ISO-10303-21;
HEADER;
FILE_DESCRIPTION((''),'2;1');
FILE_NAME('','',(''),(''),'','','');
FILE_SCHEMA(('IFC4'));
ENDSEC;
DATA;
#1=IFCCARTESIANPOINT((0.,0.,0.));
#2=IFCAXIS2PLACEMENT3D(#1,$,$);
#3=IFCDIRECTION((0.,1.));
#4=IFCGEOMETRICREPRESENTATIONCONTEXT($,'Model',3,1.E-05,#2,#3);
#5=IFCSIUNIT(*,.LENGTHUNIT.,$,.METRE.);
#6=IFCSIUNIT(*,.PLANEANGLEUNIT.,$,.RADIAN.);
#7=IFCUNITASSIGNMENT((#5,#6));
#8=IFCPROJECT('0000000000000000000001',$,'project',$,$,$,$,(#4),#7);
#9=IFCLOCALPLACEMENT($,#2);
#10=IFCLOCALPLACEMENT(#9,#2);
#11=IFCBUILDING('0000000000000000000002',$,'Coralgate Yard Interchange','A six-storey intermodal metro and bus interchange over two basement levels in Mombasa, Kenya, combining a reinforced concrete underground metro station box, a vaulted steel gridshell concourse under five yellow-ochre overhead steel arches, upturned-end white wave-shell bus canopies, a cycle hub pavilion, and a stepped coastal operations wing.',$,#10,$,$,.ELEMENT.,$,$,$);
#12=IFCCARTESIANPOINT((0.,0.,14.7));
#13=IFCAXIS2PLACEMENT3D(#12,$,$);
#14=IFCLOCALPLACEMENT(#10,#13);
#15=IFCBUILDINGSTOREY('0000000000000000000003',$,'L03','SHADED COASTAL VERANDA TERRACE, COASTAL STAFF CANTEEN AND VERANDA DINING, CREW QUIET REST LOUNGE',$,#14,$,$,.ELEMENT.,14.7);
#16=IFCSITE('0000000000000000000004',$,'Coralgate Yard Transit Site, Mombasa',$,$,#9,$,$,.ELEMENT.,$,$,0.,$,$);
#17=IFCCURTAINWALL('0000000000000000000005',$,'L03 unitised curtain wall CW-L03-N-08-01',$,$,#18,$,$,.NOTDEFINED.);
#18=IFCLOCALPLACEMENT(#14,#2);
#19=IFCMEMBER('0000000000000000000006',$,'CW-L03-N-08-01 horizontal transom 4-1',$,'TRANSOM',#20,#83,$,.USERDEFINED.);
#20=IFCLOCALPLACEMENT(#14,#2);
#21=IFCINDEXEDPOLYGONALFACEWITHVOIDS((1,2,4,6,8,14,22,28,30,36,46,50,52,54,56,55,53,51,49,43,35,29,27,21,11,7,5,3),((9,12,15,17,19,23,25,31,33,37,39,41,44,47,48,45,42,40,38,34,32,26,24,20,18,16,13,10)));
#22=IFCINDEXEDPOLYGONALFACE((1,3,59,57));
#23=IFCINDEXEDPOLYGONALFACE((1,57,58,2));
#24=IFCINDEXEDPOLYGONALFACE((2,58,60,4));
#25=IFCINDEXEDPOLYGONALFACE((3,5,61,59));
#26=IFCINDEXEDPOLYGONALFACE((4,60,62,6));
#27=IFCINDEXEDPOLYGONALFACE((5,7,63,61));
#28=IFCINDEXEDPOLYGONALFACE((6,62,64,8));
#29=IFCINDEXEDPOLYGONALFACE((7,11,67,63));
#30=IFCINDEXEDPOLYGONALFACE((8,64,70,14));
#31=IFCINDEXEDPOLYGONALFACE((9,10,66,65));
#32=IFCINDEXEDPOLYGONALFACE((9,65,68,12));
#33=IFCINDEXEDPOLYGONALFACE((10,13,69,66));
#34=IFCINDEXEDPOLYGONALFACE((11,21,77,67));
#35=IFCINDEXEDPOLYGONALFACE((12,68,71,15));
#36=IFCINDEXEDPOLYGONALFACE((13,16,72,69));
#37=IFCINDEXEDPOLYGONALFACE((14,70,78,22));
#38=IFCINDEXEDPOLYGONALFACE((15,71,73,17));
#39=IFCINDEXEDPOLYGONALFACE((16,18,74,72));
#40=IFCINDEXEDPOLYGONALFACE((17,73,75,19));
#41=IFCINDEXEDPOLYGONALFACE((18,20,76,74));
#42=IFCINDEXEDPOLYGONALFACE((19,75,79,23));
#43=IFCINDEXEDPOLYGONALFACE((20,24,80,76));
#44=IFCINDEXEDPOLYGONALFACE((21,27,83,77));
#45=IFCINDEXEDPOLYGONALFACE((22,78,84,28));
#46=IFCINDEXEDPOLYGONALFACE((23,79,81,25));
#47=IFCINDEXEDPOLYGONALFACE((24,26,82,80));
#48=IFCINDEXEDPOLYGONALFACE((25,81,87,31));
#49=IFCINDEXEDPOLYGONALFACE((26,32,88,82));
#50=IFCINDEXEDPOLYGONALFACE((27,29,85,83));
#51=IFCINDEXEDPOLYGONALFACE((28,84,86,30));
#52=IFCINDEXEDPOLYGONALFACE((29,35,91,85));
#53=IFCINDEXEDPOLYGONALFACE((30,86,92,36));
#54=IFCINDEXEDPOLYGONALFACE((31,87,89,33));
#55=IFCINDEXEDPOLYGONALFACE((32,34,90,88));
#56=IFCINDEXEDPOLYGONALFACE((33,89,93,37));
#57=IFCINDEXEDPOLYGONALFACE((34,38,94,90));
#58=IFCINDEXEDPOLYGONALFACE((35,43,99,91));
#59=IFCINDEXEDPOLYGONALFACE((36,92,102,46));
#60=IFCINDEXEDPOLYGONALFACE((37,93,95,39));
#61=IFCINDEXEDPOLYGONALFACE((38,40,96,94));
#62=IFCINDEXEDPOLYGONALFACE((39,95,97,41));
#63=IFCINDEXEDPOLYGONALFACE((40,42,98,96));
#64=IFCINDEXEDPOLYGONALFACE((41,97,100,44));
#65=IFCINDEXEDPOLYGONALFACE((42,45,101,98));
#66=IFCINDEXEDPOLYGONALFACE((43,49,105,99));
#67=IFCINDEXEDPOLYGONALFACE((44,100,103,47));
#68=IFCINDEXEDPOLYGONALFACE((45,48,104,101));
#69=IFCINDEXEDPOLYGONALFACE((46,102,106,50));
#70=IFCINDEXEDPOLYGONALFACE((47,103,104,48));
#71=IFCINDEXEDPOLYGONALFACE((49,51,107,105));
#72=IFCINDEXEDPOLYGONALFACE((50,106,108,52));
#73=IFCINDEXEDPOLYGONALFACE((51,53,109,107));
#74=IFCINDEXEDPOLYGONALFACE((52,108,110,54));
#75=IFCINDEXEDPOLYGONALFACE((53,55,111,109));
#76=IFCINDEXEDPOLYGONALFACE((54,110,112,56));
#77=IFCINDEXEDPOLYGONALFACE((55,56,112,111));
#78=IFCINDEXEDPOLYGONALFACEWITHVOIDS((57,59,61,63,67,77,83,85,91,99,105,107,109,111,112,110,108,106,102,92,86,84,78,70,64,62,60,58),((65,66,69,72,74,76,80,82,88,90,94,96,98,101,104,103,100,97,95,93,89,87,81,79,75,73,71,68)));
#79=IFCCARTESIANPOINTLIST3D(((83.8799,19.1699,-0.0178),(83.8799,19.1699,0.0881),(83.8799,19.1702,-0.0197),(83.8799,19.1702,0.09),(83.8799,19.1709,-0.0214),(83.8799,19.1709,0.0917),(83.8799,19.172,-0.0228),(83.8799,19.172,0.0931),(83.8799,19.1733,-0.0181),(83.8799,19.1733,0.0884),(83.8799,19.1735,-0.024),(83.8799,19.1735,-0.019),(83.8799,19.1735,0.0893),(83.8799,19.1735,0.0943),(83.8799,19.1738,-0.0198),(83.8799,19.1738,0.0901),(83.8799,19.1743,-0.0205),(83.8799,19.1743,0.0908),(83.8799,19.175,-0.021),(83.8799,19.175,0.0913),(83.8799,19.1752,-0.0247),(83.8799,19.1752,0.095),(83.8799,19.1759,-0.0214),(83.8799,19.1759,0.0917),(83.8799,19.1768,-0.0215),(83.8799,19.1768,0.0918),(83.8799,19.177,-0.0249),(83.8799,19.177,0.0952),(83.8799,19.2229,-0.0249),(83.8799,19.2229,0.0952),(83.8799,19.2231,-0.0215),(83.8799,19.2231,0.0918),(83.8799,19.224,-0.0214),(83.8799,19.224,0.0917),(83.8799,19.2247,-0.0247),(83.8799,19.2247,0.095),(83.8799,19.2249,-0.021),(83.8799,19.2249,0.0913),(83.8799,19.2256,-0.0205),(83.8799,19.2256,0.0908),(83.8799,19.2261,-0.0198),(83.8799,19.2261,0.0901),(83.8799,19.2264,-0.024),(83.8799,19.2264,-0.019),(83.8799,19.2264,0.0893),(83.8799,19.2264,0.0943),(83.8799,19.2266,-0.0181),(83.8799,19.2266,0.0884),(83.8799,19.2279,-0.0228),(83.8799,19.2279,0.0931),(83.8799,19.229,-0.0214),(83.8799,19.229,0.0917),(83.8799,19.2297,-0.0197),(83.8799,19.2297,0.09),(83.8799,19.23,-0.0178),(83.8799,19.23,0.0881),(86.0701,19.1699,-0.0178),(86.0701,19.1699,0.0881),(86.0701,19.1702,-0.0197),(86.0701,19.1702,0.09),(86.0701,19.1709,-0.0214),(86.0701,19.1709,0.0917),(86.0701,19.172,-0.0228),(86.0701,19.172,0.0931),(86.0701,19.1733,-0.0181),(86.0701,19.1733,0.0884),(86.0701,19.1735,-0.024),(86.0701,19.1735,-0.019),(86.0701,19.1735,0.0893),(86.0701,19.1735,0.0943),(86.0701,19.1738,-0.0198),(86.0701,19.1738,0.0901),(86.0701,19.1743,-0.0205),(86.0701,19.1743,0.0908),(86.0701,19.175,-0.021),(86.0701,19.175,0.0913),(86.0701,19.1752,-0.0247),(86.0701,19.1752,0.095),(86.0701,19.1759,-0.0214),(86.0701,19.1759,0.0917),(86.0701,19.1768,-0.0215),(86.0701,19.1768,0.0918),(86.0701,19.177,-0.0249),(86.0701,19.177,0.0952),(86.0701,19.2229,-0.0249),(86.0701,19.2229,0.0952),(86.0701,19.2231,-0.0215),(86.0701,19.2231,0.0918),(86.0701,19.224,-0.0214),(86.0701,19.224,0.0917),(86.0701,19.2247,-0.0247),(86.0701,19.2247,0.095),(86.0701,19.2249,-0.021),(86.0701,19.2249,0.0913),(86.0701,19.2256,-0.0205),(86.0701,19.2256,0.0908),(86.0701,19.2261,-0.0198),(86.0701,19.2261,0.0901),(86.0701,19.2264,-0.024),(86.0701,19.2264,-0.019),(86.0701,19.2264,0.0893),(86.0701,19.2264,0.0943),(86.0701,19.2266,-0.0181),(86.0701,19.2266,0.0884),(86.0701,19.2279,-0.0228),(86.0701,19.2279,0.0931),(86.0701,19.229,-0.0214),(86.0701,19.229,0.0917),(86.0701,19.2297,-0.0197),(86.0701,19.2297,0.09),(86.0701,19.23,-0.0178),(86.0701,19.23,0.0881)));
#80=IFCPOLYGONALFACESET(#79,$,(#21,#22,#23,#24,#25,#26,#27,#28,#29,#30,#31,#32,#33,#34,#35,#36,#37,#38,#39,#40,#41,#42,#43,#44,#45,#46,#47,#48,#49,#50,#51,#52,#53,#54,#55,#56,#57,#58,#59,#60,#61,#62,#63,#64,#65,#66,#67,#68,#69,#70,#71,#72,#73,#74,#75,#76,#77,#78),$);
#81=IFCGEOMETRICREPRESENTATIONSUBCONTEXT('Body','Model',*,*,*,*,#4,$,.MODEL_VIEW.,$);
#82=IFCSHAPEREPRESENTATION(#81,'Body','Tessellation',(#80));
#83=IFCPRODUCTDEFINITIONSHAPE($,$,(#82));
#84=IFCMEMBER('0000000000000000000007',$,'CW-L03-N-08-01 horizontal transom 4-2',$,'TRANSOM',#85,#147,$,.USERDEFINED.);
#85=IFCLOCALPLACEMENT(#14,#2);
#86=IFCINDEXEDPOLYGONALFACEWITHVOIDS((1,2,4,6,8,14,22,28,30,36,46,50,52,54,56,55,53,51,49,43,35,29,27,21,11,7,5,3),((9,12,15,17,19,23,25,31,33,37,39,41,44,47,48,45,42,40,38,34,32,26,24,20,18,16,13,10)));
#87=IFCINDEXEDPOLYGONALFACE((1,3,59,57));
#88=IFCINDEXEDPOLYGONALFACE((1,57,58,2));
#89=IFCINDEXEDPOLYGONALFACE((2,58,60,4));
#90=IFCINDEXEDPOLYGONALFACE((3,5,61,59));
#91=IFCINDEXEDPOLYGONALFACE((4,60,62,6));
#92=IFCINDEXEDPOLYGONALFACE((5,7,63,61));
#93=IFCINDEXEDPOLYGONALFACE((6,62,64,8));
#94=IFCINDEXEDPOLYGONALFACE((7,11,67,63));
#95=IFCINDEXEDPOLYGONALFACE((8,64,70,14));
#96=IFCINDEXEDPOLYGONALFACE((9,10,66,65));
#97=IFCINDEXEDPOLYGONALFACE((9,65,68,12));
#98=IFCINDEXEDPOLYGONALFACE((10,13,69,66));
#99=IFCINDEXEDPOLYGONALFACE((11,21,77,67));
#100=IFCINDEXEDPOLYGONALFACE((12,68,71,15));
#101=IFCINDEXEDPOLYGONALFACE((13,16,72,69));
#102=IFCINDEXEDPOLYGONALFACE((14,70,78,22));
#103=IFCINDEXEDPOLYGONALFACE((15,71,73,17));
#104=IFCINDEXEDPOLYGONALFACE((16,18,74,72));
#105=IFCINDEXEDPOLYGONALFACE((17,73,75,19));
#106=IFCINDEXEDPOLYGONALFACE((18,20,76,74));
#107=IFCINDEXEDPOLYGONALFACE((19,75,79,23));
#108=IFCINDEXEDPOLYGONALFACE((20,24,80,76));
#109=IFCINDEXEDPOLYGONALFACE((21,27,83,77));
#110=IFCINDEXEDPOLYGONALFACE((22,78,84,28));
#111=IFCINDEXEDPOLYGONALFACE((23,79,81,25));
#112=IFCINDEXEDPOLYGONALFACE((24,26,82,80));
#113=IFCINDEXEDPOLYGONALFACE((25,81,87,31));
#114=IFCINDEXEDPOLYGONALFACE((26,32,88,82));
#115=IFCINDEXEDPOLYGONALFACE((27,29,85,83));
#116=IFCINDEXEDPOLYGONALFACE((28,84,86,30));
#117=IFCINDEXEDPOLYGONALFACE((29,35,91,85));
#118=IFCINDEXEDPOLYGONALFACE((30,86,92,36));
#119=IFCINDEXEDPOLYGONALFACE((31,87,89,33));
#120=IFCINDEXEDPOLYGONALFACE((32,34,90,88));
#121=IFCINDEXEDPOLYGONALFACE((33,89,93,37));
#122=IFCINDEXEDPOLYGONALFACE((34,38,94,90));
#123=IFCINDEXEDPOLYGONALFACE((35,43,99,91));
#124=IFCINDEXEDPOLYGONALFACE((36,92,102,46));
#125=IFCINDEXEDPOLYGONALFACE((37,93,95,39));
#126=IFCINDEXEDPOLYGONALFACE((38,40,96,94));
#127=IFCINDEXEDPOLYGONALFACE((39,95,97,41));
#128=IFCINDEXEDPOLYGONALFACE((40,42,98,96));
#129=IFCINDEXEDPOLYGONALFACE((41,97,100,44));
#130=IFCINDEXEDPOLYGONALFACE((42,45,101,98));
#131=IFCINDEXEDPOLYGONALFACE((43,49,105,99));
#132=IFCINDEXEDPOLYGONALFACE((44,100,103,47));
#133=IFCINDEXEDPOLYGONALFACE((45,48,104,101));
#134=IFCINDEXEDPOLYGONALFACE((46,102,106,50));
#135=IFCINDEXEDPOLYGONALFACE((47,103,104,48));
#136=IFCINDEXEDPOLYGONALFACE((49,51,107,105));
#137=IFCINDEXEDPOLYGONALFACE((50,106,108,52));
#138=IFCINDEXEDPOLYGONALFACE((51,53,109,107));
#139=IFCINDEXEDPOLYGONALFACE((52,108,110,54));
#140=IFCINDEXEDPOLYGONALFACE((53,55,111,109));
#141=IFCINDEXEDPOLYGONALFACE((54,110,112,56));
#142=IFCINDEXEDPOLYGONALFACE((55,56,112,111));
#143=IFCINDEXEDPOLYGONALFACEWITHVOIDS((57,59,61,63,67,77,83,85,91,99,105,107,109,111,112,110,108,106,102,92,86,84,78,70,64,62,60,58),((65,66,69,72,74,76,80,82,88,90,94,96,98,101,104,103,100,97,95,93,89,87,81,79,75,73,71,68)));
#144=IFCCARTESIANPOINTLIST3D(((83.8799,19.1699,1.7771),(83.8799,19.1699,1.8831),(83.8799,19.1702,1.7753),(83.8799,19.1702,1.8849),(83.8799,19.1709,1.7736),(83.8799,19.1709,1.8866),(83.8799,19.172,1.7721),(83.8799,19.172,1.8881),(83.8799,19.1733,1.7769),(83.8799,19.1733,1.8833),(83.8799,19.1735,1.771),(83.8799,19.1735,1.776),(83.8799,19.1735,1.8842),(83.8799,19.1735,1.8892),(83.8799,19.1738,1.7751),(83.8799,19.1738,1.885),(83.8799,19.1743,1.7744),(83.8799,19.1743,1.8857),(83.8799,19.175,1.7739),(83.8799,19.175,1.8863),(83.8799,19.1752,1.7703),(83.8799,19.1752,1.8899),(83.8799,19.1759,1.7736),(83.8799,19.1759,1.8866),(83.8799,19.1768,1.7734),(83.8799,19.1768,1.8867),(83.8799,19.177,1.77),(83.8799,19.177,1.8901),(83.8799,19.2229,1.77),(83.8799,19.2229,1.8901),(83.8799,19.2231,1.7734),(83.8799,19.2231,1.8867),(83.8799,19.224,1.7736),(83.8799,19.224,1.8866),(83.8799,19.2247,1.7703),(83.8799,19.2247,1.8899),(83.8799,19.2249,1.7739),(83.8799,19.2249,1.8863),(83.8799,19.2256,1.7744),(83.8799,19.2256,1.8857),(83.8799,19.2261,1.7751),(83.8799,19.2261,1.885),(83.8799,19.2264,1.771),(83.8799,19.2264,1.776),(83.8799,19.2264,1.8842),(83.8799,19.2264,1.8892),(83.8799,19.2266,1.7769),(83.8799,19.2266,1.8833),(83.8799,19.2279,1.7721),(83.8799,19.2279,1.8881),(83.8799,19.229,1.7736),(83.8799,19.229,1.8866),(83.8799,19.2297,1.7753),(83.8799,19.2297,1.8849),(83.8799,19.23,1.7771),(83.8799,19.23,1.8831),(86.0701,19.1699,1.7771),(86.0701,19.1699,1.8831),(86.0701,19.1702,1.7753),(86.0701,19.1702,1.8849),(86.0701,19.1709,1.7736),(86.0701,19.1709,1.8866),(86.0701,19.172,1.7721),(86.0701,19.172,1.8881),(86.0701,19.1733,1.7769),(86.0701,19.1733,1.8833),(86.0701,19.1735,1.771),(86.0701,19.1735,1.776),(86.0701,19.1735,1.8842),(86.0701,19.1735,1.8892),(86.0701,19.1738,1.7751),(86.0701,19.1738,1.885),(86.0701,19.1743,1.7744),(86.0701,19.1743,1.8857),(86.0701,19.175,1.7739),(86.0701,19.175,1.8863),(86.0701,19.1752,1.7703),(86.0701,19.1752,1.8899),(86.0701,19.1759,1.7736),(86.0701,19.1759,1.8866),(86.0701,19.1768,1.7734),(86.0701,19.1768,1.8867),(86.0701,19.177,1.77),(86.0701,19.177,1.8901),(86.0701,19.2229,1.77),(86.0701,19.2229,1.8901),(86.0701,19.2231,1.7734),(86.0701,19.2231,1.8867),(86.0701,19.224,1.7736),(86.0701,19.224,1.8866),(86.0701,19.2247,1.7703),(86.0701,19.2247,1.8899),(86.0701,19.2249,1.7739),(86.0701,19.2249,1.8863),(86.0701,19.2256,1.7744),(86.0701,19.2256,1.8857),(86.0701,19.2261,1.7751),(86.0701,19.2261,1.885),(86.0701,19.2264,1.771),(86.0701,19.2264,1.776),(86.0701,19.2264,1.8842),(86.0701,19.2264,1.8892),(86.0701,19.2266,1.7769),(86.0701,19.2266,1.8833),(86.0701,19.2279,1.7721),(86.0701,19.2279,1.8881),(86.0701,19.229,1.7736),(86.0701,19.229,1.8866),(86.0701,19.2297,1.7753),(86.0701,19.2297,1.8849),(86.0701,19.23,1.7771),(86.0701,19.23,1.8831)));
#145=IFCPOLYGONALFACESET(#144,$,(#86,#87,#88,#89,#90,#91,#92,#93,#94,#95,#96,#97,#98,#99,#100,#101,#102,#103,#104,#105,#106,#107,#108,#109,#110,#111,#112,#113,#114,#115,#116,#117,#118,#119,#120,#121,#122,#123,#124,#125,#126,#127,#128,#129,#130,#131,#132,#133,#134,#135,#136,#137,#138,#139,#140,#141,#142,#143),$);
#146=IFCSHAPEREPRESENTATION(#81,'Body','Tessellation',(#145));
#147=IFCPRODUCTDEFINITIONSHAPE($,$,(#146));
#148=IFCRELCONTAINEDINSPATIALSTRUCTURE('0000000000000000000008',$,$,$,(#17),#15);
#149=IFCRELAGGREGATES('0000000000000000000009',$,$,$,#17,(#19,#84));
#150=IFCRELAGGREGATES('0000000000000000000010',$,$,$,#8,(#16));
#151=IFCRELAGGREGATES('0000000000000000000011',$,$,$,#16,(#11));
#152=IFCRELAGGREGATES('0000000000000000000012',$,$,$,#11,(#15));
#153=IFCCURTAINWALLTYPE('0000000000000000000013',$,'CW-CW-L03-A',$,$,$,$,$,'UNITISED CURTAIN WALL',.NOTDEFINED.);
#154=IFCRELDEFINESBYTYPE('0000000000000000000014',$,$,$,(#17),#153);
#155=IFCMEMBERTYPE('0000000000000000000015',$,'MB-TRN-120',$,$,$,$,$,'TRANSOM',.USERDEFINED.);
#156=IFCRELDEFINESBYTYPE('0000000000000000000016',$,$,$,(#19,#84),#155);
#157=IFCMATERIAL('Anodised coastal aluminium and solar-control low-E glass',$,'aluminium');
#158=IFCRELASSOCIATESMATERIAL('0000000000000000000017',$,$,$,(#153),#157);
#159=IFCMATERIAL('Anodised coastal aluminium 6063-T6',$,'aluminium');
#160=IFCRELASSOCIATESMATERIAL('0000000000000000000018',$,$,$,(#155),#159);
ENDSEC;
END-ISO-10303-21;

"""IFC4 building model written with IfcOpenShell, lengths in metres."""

from ifc_helpers import new_model, si_unit, direction, frame, origin, origin_2d, place, context, subcontext, project, spatial, hollow_rectangle, extrude, material, material_profile, profile_set, type_object, element, aggregate, save


model = new_model("IFC4")

# Units and contexts
model_context = context("Model", 3, precision=1e-05, world=origin(), true_north=direction((0.0, 1.0)))
body_context = subcontext(model_context, "Body", "Model", "MODEL_VIEW")
ifc_project = project(units=[si_unit("LENGTHUNIT", "METRE"), si_unit("PLANEANGLEUNIT", "RADIAN")], contexts=[model_context])

# Site, building, storey
site_placement = place(None, origin())
site = spatial("IfcSite", under=ifc_project, at=site_placement, Name="Coralgate Yard Transit Site, Mombasa", CompositionType="ELEMENT", RefElevation=0.0)
building_placement = place(site_placement, origin())
building = spatial("IfcBuilding", under=site, at=building_placement, Name="Coralgate Yard Interchange", Description="A six-storey intermodal metro and bus interchange over two basement levels in Mombasa, Kenya, combining a reinforced concrete underground metro station box, a vaulted steel gridshell concourse under five yellow-ochre overhead steel arches, upturned-end white wave-shell bus canopies, a cycle hub pavilion, and a stepped coastal operations wing.", CompositionType="ELEMENT")
storey_placement = place(building_placement, frame((0.0, 0.0, 14.7)))
storey = spatial("IfcBuildingStorey", under=building, at=storey_placement, Name="L03", Description="SHADED COASTAL VERANDA TERRACE, COASTAL STAFF CANTEEN AND VERANDA DINING, CREW QUIET REST LOUNGE", CompositionType="ELEMENT", Elevation=14.7)

# Curtain wall, members
ifc_material_1 = material(Name="Anodised coastal aluminium and solar-control low-E glass", Category="aluminium")
curtain_wall_type = type_object("IfcCurtainWallType", Name="CW-CW-L03-A", ElementType="UNITISED CURTAIN WALL", PredefinedType="NOTDEFINED", material=ifc_material_1)
curtain_wall_placement = place(storey_placement, origin())
curtain_wall = element("IfcCurtainWall", 1, at=curtain_wall_placement, inside=storey, type_object=curtain_wall_type, Name="L03 unitised curtain wall CW-L03-N-08-01", PredefinedType="NOTDEFINED")
ifc_material_2 = material(Name="Anodised coastal aluminium 6063-T6", Category="aluminium")
ifc_material_profile_1 = material_profile(ifc_material_2, hollow_rectangle(XDim=0.0601, YDim=0.1201, WallThickness=0.0034, InnerFilletRadius=0.0034, OuterFilletRadius=0.0071, at=origin_2d()), Name="ALU 60x120x3.5")
ifc_profile_set_1 = profile_set([ifc_material_profile_1], Name="Anodised coastal aluminium 6063-T6")
member_type_1 = type_object("IfcMemberType", Name="MB-TRN-120", ElementType="TRANSOM", PredefinedType="USERDEFINED", material=ifc_profile_set_1)
member_1_placement = place(storey_placement, frame((83.8799, 19.2, 0.0352), z_axis=(1.0, 0.0, 0.0), x_axis=(0.0, 1.0, 0.0)))
member_1 = element("IfcMember", 2, at=member_1_placement, type_object=member_type_1, Name="CW-L03-N-08-01 horizontal transom 4-1", ObjectType="TRANSOM", PredefinedType="USERDEFINED", context=body_context, shape_type="SweptSolid", body=[
    extrude(hollow_rectangle(XDim=0.0601, YDim=0.1201, WallThickness=0.0034, InnerFilletRadius=0.0034, OuterFilletRadius=0.0071, at=origin_2d()), origin(), (0.0, 0.0, 1.0), 2.1902),
])
member_2_placement = place(storey_placement, frame((83.8799, 19.2, 1.8301), z_axis=(1.0, 0.0, 0.0), x_axis=(0.0, 1.0, 0.0)))
member_2 = element("IfcMember", 3, at=member_2_placement, type_object=member_type_1, Name="CW-L03-N-08-01 horizontal transom 4-2", ObjectType="TRANSOM", PredefinedType="USERDEFINED", context=body_context, shape_type="SweptSolid", body=[
    extrude(hollow_rectangle(XDim=0.0601, YDim=0.1201, WallThickness=0.0034, InnerFilletRadius=0.0034, OuterFilletRadius=0.0071, at=origin_2d()), origin(), (0.0, 0.0, 1.0), 2.1902),
])
aggregate(curtain_wall, [member_1, member_2])

save(model, "model.ifc")
